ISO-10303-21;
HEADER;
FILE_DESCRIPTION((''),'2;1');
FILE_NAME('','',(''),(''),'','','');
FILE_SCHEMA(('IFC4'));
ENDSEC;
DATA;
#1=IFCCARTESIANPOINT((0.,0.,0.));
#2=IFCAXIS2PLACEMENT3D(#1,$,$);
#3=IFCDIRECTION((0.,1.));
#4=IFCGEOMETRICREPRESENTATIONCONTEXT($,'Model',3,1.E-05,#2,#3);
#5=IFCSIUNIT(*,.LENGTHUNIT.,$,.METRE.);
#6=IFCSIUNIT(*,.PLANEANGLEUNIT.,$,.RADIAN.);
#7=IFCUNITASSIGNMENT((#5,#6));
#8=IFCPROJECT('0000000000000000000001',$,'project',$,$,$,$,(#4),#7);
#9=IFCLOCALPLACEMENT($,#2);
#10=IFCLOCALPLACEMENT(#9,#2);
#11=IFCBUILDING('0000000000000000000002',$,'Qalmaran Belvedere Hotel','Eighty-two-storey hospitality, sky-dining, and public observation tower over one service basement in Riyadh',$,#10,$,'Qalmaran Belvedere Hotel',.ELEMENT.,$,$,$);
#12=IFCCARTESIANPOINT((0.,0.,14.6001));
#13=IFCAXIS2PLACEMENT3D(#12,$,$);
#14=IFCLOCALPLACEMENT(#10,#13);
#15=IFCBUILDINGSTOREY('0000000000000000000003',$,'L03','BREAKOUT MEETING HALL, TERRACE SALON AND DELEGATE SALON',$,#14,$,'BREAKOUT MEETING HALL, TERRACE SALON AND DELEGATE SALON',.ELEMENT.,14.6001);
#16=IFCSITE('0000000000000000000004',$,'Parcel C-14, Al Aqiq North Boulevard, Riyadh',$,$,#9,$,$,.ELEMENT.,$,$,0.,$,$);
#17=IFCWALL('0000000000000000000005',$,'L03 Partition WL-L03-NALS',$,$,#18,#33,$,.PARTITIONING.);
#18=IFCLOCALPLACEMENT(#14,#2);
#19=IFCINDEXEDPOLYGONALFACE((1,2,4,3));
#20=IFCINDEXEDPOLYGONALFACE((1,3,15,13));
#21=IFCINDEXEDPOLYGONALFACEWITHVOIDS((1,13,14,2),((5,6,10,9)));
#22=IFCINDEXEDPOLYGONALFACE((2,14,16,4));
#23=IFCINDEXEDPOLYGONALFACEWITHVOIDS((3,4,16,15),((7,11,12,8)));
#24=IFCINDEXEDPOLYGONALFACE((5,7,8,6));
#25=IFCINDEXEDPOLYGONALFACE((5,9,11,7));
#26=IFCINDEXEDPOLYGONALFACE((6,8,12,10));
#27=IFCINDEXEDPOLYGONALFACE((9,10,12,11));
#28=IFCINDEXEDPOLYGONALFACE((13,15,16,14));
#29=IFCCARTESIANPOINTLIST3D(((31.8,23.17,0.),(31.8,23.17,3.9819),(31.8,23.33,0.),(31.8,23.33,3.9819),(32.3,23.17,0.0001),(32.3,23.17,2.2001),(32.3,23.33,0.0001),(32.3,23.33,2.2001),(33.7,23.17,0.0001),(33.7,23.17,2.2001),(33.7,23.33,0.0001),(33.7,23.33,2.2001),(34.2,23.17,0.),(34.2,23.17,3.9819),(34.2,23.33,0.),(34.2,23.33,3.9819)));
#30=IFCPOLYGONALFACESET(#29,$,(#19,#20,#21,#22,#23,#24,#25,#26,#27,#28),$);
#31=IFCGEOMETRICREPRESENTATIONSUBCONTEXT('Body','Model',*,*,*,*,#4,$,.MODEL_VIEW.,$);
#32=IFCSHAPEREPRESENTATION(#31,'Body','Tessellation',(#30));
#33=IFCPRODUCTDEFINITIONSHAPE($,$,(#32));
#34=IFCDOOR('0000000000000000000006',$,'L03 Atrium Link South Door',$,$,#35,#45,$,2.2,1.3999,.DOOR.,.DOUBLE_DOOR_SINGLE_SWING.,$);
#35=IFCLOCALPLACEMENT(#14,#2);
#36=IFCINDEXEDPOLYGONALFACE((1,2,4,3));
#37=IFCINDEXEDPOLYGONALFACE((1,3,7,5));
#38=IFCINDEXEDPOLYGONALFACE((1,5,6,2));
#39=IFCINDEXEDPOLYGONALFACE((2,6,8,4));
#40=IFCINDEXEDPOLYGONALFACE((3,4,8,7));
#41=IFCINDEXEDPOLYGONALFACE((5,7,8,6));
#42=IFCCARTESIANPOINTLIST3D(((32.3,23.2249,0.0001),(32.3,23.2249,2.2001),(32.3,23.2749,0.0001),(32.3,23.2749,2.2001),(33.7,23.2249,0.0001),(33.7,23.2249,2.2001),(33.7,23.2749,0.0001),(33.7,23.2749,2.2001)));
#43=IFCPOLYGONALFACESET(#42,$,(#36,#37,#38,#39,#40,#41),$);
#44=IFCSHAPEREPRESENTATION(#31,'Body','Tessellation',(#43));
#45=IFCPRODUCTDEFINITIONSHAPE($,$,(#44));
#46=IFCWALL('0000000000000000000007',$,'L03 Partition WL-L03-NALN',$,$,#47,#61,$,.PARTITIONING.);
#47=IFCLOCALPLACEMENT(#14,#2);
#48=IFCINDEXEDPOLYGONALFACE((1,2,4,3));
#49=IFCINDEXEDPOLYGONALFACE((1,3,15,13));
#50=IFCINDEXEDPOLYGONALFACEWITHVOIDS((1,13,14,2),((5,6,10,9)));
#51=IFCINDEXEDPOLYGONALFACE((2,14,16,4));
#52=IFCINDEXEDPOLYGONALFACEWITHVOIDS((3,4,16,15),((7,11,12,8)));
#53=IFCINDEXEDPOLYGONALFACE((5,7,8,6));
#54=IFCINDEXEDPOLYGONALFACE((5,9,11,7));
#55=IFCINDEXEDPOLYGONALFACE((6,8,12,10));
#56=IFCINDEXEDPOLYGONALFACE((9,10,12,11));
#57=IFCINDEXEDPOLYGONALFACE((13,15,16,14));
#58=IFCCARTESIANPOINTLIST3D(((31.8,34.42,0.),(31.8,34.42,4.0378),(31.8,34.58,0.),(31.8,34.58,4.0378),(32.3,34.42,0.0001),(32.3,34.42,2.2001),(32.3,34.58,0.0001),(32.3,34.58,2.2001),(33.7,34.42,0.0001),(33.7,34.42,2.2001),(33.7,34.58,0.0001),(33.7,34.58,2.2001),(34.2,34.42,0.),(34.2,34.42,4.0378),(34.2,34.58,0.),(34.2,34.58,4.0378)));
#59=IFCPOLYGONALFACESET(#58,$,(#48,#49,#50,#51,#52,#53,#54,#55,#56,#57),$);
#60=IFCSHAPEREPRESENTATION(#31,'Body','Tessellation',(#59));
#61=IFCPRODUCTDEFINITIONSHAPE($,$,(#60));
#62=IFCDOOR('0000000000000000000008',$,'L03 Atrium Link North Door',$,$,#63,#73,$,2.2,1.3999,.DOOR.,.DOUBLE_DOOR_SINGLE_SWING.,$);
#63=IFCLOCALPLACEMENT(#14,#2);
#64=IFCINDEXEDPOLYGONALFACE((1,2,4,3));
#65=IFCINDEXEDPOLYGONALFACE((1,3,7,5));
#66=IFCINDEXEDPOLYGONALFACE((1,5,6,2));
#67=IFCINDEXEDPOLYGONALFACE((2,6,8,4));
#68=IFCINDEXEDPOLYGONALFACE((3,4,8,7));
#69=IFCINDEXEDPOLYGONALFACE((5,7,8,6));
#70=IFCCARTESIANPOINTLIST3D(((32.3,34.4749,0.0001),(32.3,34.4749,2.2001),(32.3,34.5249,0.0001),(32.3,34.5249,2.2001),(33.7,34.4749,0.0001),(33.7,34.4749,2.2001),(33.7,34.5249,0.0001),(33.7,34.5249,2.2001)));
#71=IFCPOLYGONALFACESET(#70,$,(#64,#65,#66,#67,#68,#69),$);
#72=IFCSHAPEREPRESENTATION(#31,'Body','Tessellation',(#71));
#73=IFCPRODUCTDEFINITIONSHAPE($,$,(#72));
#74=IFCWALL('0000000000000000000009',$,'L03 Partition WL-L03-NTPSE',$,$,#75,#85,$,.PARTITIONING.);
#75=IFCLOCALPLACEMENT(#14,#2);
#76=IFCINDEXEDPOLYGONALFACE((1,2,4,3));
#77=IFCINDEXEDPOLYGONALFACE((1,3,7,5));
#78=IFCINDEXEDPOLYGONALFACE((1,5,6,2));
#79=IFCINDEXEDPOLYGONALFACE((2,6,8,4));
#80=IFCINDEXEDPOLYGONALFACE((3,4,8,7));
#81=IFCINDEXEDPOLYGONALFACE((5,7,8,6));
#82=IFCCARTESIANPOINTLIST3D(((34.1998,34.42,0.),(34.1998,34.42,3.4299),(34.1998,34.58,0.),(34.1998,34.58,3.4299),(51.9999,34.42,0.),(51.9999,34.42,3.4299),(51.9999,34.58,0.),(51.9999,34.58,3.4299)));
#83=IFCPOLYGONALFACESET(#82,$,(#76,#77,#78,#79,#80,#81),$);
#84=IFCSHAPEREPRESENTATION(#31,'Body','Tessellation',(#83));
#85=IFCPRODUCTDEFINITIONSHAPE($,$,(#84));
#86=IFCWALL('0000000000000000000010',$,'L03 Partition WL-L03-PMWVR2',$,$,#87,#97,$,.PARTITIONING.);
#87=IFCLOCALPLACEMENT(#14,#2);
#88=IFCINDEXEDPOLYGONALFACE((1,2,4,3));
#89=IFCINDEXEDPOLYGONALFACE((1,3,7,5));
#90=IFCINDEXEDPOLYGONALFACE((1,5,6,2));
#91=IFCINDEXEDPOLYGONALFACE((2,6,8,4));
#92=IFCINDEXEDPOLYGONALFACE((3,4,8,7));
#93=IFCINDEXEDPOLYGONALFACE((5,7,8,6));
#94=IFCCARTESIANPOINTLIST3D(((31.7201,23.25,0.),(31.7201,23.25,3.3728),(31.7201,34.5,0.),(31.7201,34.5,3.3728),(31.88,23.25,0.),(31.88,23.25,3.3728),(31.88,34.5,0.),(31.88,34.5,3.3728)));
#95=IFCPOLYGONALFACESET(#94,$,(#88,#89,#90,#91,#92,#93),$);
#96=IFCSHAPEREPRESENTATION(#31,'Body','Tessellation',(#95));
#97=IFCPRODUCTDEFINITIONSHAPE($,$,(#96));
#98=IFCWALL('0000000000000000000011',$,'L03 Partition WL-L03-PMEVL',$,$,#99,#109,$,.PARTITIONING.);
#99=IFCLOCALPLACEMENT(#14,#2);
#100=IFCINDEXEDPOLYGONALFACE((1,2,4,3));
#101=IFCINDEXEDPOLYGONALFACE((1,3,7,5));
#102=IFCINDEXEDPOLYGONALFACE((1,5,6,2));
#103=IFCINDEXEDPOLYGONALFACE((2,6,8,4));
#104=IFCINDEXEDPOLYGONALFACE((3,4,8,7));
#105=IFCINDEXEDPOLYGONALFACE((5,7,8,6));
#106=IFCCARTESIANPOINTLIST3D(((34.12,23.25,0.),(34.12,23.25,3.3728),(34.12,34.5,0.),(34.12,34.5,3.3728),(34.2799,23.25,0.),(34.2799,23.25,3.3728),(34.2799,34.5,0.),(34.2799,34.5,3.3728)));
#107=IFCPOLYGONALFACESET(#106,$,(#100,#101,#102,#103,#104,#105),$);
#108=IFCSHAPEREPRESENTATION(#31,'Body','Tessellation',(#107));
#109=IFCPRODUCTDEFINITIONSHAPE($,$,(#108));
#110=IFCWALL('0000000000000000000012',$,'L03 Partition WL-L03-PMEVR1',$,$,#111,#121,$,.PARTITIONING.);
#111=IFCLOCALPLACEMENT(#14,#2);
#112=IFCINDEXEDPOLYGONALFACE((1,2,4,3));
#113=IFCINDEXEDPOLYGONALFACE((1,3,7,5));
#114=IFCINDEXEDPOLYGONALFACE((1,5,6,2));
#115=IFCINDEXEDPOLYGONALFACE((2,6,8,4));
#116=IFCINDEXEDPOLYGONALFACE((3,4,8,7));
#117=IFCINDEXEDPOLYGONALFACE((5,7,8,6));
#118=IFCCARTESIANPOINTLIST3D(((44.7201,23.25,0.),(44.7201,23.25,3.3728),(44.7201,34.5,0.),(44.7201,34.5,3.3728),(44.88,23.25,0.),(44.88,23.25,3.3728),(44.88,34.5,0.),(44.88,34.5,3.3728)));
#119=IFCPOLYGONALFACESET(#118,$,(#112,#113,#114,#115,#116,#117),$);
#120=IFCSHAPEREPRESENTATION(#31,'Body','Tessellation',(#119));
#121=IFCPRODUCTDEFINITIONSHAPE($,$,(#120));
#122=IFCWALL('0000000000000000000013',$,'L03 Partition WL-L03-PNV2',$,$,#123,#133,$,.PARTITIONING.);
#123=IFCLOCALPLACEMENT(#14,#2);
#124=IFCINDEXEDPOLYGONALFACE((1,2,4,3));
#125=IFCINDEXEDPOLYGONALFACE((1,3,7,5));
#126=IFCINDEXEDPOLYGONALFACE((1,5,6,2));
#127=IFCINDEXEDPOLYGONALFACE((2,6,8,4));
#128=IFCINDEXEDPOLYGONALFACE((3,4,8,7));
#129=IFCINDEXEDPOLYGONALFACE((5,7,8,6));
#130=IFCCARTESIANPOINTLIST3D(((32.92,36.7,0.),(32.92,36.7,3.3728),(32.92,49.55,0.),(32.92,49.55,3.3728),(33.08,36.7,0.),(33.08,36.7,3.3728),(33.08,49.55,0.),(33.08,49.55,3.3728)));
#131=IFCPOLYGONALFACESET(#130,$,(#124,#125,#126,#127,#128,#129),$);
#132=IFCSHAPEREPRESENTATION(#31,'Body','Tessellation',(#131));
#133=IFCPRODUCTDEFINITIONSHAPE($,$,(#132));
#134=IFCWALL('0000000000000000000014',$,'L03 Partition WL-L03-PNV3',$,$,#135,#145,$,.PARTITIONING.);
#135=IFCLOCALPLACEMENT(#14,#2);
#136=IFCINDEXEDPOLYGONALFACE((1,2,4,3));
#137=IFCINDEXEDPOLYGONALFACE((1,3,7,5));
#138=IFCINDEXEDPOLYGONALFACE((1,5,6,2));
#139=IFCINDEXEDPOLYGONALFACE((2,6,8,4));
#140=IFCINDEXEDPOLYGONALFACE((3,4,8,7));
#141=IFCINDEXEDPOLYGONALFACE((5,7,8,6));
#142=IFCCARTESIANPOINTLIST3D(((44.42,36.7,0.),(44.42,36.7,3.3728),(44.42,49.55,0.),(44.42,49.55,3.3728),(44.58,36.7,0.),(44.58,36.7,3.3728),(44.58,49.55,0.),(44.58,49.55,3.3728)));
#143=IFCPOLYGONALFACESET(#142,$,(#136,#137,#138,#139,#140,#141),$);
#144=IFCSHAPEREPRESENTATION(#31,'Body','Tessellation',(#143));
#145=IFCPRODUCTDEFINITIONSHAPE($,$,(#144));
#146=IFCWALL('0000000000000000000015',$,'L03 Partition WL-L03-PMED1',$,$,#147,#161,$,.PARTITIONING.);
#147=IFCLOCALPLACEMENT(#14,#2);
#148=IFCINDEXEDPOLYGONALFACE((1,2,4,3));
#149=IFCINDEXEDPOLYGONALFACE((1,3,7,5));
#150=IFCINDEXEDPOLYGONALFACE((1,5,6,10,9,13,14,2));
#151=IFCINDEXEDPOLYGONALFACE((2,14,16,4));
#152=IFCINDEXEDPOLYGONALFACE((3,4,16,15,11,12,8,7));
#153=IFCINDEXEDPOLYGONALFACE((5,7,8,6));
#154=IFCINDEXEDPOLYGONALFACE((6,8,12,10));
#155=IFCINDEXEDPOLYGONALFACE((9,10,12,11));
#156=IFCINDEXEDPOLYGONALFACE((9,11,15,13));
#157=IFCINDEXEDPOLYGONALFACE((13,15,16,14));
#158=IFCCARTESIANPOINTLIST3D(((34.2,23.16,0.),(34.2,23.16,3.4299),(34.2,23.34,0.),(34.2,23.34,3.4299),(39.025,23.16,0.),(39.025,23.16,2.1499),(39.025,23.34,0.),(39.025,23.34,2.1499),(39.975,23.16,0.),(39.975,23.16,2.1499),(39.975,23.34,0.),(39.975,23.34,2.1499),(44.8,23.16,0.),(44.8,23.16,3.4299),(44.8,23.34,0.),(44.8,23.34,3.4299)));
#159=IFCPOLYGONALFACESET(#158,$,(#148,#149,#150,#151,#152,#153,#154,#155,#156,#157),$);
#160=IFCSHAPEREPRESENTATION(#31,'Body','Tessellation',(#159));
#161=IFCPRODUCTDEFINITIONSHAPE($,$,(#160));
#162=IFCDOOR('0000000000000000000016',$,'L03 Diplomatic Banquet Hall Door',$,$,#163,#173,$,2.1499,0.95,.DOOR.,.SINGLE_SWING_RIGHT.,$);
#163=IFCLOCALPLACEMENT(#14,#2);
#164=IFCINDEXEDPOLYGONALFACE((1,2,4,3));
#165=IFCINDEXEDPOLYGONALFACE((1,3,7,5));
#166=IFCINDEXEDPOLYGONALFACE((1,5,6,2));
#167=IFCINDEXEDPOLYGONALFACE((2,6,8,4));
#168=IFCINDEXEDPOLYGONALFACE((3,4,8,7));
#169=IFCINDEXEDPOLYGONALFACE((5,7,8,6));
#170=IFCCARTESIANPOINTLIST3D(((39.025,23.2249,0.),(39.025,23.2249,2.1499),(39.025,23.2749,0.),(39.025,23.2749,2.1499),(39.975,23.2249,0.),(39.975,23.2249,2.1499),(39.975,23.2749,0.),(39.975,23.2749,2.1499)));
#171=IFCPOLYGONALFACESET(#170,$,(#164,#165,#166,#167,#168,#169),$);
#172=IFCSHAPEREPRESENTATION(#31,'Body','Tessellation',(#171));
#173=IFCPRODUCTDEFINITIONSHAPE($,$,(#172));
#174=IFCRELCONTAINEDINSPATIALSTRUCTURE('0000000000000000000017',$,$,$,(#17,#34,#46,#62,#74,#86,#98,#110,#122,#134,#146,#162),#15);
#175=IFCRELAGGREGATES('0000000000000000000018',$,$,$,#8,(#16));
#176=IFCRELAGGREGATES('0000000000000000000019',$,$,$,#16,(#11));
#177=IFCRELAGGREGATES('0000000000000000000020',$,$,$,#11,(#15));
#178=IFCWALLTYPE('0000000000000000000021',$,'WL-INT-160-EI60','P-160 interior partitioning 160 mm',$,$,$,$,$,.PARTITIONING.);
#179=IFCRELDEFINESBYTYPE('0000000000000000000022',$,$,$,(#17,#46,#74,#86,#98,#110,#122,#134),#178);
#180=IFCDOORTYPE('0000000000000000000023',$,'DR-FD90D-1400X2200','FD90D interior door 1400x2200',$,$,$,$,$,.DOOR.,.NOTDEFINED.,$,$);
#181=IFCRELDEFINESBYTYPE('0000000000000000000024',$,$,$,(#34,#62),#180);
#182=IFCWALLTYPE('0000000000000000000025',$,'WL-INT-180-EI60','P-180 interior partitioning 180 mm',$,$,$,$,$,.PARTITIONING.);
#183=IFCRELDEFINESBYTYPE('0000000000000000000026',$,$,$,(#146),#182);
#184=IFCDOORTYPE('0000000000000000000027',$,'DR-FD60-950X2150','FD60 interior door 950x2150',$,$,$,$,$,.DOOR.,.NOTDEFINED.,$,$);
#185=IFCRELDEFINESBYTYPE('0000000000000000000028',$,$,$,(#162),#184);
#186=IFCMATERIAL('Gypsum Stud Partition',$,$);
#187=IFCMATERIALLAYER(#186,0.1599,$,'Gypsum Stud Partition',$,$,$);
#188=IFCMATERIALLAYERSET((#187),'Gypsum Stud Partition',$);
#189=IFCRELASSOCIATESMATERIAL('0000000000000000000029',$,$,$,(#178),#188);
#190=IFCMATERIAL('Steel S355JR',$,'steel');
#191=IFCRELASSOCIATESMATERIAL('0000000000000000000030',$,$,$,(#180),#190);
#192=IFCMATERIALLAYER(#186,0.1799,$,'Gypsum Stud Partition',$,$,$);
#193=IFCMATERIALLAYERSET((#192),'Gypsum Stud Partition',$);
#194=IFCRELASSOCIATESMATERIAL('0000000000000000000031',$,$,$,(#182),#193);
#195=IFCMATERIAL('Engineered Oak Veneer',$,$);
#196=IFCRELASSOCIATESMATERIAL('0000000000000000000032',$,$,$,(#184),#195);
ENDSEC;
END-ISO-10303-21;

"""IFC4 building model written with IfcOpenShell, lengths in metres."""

from ifc_helpers import new_model, si_unit, direction, frame, frame_2d, origin, place, context, subcontext, project, spatial, rectangle, extrude, material, layer, layer_set, type_object, element, fill, save


model = new_model("IFC4")

# Units and contexts
model_context = context("Model", 3, precision=1e-05, world=origin(), true_north=direction((0.0, 1.0)))
body_context = subcontext(model_context, "Body", "Model", "MODEL_VIEW")
ifc_project = project(units=[si_unit("LENGTHUNIT", "METRE"), si_unit("PLANEANGLEUNIT", "RADIAN")], contexts=[model_context])

# Site, building, storey
site_placement = place(None, origin())
site = spatial("IfcSite", under=ifc_project, at=site_placement, Name="Parcel C-14, Al Aqiq North Boulevard, Riyadh", CompositionType="ELEMENT", RefElevation=0.0)
building_placement = place(site_placement, origin())
building = spatial("IfcBuilding", under=site, at=building_placement, Name="Qalmaran Belvedere Hotel", Description="Eighty-two-storey hospitality, sky-dining, and public observation tower over one service basement in Riyadh", LongName="Qalmaran Belvedere Hotel", CompositionType="ELEMENT")
storey_placement = place(building_placement, frame((0.0, 0.0, 14.6001)))
storey = spatial("IfcBuildingStorey", under=building, at=storey_placement, Name="L03", Description="BREAKOUT MEETING HALL, TERRACE SALON AND DELEGATE SALON", LongName="BREAKOUT MEETING HALL, TERRACE SALON AND DELEGATE SALON", CompositionType="ELEMENT", Elevation=14.6001)

# Shared definitions
ifc_material_1 = material(Name="Steel S355JR", Category="steel")

# Walls, openings, doors
ifc_material_2 = material(Name="Gypsum Stud Partition")
ifc_layer_1 = layer(ifc_material_2, 0.1599, Name="Gypsum Stud Partition")
ifc_layer_set_1 = layer_set([ifc_layer_1], Name="Gypsum Stud Partition")
wall_type_1 = type_object("IfcWallType", Name="WL-INT-160-EI60", Description="P-160 interior partitioning 160 mm", PredefinedType="PARTITIONING", material=ifc_layer_set_1)
wall_1_placement = place(storey_placement, frame((31.8, 23.25, 0.0), z_axis=(0.0, 0.0, 1.0), x_axis=(1.0, 0.0, 0.0)))
wall_1 = element("IfcWall", 1, at=wall_1_placement, inside=storey, type_object=wall_type_1, Name="L03 Partition WL-L03-NALS", PredefinedType="PARTITIONING", context=body_context, shape_type="SweptSolid", body=[
    extrude(rectangle(XDim=2.3999, YDim=0.1599, at=frame_2d((1.2, 0.0))), origin(), (0.0, 0.0, 1.0), 3.9819),
])
opening_1_placement = place(wall_1_placement, frame((0.5, 0.0, 0.0)))
opening_1 = element("IfcOpeningElement", 2, at=opening_1_placement, cuts=wall_1, PredefinedType="OPENING", context=body_context, shape_type="SweptSolid", body=[
    extrude(rectangle(XDim=1.3999, YDim=2.2, at=frame_2d((0.7, 1.1001))), frame((0.0, 0.0898, 0.0), z_axis=(0.0, -1.0, 0.0), x_axis=(1.0, 0.0, 0.0)), (0.0, 0.0, 1.0), 0.1799),
])
door_type_1 = type_object("IfcDoorType", Name="DR-FD90D-1400X2200", Description="FD90D interior door 1400x2200", OperationType="NOTDEFINED", PredefinedType="DOOR", material=ifc_material_1)
door_1_placement = place(opening_1_placement, origin())
door_1 = element("IfcDoor", 3, at=door_1_placement, inside=storey, type_object=door_type_1, Name="L03 Atrium Link South Door", OperationType="DOUBLE_DOOR_SINGLE_SWING", OverallHeight=2.2, OverallWidth=1.3999, PredefinedType="DOOR", context=body_context, shape_type="SweptSolid", body=[
    extrude(rectangle(XDim=1.3999, YDim=2.2, at=frame_2d((0.7, 1.1001))), frame((0.0, 0.0249, 0.0), z_axis=(0.0, -1.0, 0.0), x_axis=(1.0, 0.0, 0.0)), (0.0, 0.0, 1.0), 0.05),
])
fill(opening_1, door_1)
wall_2_placement = place(storey_placement, frame((31.8, 34.5, 0.0), z_axis=(0.0, 0.0, 1.0), x_axis=(1.0, 0.0, 0.0)))
wall_2 = element("IfcWall", 4, at=wall_2_placement, inside=storey, type_object=wall_type_1, Name="L03 Partition WL-L03-NALN", PredefinedType="PARTITIONING", context=body_context, shape_type="SweptSolid", body=[
    extrude(rectangle(XDim=2.3999, YDim=0.1599, at=frame_2d((1.2, 0.0))), origin(), (0.0, 0.0, 1.0), 4.0378),
])
opening_2_placement = place(wall_2_placement, frame((0.5, 0.0, 0.0)))
opening_2 = element("IfcOpeningElement", 5, at=opening_2_placement, cuts=wall_2, PredefinedType="OPENING", context=body_context, shape_type="SweptSolid", body=[
    extrude(rectangle(XDim=1.3999, YDim=2.2, at=frame_2d((0.7, 1.1001))), frame((0.0, 0.0898, 0.0), z_axis=(0.0, -1.0, 0.0), x_axis=(1.0, 0.0, 0.0)), (0.0, 0.0, 1.0), 0.1799),
])
door_2_placement = place(opening_2_placement, origin())
door_2 = element("IfcDoor", 6, at=door_2_placement, inside=storey, type_object=door_type_1, Name="L03 Atrium Link North Door", OperationType="DOUBLE_DOOR_SINGLE_SWING", OverallHeight=2.2, OverallWidth=1.3999, PredefinedType="DOOR", context=body_context, shape_type="SweptSolid", body=[
    extrude(rectangle(XDim=1.3999, YDim=2.2, at=frame_2d((0.7, 1.1001))), frame((0.0, 0.0249, 0.0), z_axis=(0.0, -1.0, 0.0), x_axis=(1.0, 0.0, 0.0)), (0.0, 0.0, 1.0), 0.05),
])
fill(opening_2, door_2)

# Walls
wall_3_placement = place(storey_placement, frame((34.2, 34.5, 0.0), z_axis=(0.0, 0.0, 1.0), x_axis=(1.0, 0.0, 0.0)))
element("IfcWall", 7, at=wall_3_placement, inside=storey, type_object=wall_type_1, Name="L03 Partition WL-L03-NTPSE", PredefinedType="PARTITIONING", context=body_context, shape_type="SweptSolid", body=[
    extrude(rectangle(XDim=17.8, YDim=0.1599, at=frame_2d((8.8999, 0.0))), origin(), (0.0, 0.0, 1.0), 3.4299),
])
for number, where, z_axis, x_axis, name in (
    (8, (31.8, 23.25, 0.0), (0.0, 0.0, 1.0), (0.0, 1.0, 0.0), "L03 Partition WL-L03-PMWVR2"),
    (9, (34.2, 23.25, 0.0), (0.0, 0.0, 1.0), (0.0, 1.0, 0.0), "L03 Partition WL-L03-PMEVL"),
    (10, (44.8, 23.25, 0.0), (0.0, 0.0, 1.0), (0.0, 1.0, 0.0), "L03 Partition WL-L03-PMEVR1"),
):
    element("IfcWall", number, at=place(storey_placement, frame(where, z_axis=z_axis, x_axis=x_axis)), inside=storey, type_object=wall_type_1, Name=name, PredefinedType="PARTITIONING", context=body_context, shape_type="SweptSolid", body=[
        extrude(rectangle(XDim=11.25, YDim=0.1599, at=frame_2d((5.625, 0.0))), origin(), (0.0, 0.0, 1.0), 3.3728),
    ])
for number, where, z_axis, x_axis, name in (
    (11, (33.0, 36.7, 0.0), (0.0, 0.0, 1.0), (0.0, 1.0, 0.0), "L03 Partition WL-L03-PNV2"),
    (12, (44.5, 36.7, 0.0), (0.0, 0.0, 1.0), (0.0, 1.0, 0.0), "L03 Partition WL-L03-PNV3"),
):
    element("IfcWall", number, at=place(storey_placement, frame(where, z_axis=z_axis, x_axis=x_axis)), inside=storey, type_object=wall_type_1, Name=name, PredefinedType="PARTITIONING", context=body_context, shape_type="SweptSolid", body=[
        extrude(rectangle(XDim=12.8501, YDim=0.1599, at=frame_2d((6.425, 0.0))), origin(), (0.0, 0.0, 1.0), 3.3728),
    ])

# Wall, opening, door
ifc_layer_2 = layer(ifc_material_2, 0.1799, Name="Gypsum Stud Partition")
ifc_layer_set_2 = layer_set([ifc_layer_2], Name="Gypsum Stud Partition")
wall_type_2 = type_object("IfcWallType", Name="WL-INT-180-EI60", Description="P-180 interior partitioning 180 mm", PredefinedType="PARTITIONING", material=ifc_layer_set_2)
wall_4_placement = place(storey_placement, frame((34.2, 23.25, 0.0), z_axis=(0.0, 0.0, 1.0), x_axis=(1.0, 0.0, 0.0)))
wall_4 = element("IfcWall", 13, at=wall_4_placement, inside=storey, type_object=wall_type_2, Name="L03 Partition WL-L03-PMED1", PredefinedType="PARTITIONING", context=body_context, shape_type="SweptSolid", body=[
    extrude(rectangle(XDim=10.6001, YDim=0.1799, at=frame_2d((5.3, 0.0))), origin(), (0.0, 0.0, 1.0), 3.4299),
])
opening_3_placement = place(wall_4_placement, frame((4.825, 0.0, 0.0)))
opening_3 = element("IfcOpeningElement", 14, at=opening_3_placement, cuts=wall_4, PredefinedType="OPENING", context=body_context, shape_type="SweptSolid", body=[
    extrude(rectangle(XDim=0.95, YDim=2.1499, at=frame_2d((0.4751, 1.075))), frame((0.0, 0.1001, 0.0), z_axis=(0.0, -1.0, 0.0), x_axis=(1.0, 0.0, 0.0)), (0.0, 0.0, 1.0), 0.2),
])
ifc_material_3 = material(Name="Engineered Oak Veneer")
door_type_2 = type_object("IfcDoorType", Name="DR-FD60-950X2150", Description="FD60 interior door 950x2150", OperationType="NOTDEFINED", PredefinedType="DOOR", material=ifc_material_3)
door_3_placement = place(opening_3_placement, origin())
door_3 = element("IfcDoor", 15, at=door_3_placement, inside=storey, type_object=door_type_2, Name="L03 Diplomatic Banquet Hall Door", OperationType="SINGLE_SWING_RIGHT", OverallHeight=2.1499, OverallWidth=0.95, PredefinedType="DOOR", context=body_context, shape_type="SweptSolid", body=[
    extrude(rectangle(XDim=0.95, YDim=2.1499, at=frame_2d((0.4751, 1.075))), frame((0.0, 0.0249, 0.0), z_axis=(0.0, -1.0, 0.0), x_axis=(1.0, 0.0, 0.0)), (0.0, 0.0, 1.0), 0.05),
])
fill(opening_3, door_3)

save(model, "model.ifc")
